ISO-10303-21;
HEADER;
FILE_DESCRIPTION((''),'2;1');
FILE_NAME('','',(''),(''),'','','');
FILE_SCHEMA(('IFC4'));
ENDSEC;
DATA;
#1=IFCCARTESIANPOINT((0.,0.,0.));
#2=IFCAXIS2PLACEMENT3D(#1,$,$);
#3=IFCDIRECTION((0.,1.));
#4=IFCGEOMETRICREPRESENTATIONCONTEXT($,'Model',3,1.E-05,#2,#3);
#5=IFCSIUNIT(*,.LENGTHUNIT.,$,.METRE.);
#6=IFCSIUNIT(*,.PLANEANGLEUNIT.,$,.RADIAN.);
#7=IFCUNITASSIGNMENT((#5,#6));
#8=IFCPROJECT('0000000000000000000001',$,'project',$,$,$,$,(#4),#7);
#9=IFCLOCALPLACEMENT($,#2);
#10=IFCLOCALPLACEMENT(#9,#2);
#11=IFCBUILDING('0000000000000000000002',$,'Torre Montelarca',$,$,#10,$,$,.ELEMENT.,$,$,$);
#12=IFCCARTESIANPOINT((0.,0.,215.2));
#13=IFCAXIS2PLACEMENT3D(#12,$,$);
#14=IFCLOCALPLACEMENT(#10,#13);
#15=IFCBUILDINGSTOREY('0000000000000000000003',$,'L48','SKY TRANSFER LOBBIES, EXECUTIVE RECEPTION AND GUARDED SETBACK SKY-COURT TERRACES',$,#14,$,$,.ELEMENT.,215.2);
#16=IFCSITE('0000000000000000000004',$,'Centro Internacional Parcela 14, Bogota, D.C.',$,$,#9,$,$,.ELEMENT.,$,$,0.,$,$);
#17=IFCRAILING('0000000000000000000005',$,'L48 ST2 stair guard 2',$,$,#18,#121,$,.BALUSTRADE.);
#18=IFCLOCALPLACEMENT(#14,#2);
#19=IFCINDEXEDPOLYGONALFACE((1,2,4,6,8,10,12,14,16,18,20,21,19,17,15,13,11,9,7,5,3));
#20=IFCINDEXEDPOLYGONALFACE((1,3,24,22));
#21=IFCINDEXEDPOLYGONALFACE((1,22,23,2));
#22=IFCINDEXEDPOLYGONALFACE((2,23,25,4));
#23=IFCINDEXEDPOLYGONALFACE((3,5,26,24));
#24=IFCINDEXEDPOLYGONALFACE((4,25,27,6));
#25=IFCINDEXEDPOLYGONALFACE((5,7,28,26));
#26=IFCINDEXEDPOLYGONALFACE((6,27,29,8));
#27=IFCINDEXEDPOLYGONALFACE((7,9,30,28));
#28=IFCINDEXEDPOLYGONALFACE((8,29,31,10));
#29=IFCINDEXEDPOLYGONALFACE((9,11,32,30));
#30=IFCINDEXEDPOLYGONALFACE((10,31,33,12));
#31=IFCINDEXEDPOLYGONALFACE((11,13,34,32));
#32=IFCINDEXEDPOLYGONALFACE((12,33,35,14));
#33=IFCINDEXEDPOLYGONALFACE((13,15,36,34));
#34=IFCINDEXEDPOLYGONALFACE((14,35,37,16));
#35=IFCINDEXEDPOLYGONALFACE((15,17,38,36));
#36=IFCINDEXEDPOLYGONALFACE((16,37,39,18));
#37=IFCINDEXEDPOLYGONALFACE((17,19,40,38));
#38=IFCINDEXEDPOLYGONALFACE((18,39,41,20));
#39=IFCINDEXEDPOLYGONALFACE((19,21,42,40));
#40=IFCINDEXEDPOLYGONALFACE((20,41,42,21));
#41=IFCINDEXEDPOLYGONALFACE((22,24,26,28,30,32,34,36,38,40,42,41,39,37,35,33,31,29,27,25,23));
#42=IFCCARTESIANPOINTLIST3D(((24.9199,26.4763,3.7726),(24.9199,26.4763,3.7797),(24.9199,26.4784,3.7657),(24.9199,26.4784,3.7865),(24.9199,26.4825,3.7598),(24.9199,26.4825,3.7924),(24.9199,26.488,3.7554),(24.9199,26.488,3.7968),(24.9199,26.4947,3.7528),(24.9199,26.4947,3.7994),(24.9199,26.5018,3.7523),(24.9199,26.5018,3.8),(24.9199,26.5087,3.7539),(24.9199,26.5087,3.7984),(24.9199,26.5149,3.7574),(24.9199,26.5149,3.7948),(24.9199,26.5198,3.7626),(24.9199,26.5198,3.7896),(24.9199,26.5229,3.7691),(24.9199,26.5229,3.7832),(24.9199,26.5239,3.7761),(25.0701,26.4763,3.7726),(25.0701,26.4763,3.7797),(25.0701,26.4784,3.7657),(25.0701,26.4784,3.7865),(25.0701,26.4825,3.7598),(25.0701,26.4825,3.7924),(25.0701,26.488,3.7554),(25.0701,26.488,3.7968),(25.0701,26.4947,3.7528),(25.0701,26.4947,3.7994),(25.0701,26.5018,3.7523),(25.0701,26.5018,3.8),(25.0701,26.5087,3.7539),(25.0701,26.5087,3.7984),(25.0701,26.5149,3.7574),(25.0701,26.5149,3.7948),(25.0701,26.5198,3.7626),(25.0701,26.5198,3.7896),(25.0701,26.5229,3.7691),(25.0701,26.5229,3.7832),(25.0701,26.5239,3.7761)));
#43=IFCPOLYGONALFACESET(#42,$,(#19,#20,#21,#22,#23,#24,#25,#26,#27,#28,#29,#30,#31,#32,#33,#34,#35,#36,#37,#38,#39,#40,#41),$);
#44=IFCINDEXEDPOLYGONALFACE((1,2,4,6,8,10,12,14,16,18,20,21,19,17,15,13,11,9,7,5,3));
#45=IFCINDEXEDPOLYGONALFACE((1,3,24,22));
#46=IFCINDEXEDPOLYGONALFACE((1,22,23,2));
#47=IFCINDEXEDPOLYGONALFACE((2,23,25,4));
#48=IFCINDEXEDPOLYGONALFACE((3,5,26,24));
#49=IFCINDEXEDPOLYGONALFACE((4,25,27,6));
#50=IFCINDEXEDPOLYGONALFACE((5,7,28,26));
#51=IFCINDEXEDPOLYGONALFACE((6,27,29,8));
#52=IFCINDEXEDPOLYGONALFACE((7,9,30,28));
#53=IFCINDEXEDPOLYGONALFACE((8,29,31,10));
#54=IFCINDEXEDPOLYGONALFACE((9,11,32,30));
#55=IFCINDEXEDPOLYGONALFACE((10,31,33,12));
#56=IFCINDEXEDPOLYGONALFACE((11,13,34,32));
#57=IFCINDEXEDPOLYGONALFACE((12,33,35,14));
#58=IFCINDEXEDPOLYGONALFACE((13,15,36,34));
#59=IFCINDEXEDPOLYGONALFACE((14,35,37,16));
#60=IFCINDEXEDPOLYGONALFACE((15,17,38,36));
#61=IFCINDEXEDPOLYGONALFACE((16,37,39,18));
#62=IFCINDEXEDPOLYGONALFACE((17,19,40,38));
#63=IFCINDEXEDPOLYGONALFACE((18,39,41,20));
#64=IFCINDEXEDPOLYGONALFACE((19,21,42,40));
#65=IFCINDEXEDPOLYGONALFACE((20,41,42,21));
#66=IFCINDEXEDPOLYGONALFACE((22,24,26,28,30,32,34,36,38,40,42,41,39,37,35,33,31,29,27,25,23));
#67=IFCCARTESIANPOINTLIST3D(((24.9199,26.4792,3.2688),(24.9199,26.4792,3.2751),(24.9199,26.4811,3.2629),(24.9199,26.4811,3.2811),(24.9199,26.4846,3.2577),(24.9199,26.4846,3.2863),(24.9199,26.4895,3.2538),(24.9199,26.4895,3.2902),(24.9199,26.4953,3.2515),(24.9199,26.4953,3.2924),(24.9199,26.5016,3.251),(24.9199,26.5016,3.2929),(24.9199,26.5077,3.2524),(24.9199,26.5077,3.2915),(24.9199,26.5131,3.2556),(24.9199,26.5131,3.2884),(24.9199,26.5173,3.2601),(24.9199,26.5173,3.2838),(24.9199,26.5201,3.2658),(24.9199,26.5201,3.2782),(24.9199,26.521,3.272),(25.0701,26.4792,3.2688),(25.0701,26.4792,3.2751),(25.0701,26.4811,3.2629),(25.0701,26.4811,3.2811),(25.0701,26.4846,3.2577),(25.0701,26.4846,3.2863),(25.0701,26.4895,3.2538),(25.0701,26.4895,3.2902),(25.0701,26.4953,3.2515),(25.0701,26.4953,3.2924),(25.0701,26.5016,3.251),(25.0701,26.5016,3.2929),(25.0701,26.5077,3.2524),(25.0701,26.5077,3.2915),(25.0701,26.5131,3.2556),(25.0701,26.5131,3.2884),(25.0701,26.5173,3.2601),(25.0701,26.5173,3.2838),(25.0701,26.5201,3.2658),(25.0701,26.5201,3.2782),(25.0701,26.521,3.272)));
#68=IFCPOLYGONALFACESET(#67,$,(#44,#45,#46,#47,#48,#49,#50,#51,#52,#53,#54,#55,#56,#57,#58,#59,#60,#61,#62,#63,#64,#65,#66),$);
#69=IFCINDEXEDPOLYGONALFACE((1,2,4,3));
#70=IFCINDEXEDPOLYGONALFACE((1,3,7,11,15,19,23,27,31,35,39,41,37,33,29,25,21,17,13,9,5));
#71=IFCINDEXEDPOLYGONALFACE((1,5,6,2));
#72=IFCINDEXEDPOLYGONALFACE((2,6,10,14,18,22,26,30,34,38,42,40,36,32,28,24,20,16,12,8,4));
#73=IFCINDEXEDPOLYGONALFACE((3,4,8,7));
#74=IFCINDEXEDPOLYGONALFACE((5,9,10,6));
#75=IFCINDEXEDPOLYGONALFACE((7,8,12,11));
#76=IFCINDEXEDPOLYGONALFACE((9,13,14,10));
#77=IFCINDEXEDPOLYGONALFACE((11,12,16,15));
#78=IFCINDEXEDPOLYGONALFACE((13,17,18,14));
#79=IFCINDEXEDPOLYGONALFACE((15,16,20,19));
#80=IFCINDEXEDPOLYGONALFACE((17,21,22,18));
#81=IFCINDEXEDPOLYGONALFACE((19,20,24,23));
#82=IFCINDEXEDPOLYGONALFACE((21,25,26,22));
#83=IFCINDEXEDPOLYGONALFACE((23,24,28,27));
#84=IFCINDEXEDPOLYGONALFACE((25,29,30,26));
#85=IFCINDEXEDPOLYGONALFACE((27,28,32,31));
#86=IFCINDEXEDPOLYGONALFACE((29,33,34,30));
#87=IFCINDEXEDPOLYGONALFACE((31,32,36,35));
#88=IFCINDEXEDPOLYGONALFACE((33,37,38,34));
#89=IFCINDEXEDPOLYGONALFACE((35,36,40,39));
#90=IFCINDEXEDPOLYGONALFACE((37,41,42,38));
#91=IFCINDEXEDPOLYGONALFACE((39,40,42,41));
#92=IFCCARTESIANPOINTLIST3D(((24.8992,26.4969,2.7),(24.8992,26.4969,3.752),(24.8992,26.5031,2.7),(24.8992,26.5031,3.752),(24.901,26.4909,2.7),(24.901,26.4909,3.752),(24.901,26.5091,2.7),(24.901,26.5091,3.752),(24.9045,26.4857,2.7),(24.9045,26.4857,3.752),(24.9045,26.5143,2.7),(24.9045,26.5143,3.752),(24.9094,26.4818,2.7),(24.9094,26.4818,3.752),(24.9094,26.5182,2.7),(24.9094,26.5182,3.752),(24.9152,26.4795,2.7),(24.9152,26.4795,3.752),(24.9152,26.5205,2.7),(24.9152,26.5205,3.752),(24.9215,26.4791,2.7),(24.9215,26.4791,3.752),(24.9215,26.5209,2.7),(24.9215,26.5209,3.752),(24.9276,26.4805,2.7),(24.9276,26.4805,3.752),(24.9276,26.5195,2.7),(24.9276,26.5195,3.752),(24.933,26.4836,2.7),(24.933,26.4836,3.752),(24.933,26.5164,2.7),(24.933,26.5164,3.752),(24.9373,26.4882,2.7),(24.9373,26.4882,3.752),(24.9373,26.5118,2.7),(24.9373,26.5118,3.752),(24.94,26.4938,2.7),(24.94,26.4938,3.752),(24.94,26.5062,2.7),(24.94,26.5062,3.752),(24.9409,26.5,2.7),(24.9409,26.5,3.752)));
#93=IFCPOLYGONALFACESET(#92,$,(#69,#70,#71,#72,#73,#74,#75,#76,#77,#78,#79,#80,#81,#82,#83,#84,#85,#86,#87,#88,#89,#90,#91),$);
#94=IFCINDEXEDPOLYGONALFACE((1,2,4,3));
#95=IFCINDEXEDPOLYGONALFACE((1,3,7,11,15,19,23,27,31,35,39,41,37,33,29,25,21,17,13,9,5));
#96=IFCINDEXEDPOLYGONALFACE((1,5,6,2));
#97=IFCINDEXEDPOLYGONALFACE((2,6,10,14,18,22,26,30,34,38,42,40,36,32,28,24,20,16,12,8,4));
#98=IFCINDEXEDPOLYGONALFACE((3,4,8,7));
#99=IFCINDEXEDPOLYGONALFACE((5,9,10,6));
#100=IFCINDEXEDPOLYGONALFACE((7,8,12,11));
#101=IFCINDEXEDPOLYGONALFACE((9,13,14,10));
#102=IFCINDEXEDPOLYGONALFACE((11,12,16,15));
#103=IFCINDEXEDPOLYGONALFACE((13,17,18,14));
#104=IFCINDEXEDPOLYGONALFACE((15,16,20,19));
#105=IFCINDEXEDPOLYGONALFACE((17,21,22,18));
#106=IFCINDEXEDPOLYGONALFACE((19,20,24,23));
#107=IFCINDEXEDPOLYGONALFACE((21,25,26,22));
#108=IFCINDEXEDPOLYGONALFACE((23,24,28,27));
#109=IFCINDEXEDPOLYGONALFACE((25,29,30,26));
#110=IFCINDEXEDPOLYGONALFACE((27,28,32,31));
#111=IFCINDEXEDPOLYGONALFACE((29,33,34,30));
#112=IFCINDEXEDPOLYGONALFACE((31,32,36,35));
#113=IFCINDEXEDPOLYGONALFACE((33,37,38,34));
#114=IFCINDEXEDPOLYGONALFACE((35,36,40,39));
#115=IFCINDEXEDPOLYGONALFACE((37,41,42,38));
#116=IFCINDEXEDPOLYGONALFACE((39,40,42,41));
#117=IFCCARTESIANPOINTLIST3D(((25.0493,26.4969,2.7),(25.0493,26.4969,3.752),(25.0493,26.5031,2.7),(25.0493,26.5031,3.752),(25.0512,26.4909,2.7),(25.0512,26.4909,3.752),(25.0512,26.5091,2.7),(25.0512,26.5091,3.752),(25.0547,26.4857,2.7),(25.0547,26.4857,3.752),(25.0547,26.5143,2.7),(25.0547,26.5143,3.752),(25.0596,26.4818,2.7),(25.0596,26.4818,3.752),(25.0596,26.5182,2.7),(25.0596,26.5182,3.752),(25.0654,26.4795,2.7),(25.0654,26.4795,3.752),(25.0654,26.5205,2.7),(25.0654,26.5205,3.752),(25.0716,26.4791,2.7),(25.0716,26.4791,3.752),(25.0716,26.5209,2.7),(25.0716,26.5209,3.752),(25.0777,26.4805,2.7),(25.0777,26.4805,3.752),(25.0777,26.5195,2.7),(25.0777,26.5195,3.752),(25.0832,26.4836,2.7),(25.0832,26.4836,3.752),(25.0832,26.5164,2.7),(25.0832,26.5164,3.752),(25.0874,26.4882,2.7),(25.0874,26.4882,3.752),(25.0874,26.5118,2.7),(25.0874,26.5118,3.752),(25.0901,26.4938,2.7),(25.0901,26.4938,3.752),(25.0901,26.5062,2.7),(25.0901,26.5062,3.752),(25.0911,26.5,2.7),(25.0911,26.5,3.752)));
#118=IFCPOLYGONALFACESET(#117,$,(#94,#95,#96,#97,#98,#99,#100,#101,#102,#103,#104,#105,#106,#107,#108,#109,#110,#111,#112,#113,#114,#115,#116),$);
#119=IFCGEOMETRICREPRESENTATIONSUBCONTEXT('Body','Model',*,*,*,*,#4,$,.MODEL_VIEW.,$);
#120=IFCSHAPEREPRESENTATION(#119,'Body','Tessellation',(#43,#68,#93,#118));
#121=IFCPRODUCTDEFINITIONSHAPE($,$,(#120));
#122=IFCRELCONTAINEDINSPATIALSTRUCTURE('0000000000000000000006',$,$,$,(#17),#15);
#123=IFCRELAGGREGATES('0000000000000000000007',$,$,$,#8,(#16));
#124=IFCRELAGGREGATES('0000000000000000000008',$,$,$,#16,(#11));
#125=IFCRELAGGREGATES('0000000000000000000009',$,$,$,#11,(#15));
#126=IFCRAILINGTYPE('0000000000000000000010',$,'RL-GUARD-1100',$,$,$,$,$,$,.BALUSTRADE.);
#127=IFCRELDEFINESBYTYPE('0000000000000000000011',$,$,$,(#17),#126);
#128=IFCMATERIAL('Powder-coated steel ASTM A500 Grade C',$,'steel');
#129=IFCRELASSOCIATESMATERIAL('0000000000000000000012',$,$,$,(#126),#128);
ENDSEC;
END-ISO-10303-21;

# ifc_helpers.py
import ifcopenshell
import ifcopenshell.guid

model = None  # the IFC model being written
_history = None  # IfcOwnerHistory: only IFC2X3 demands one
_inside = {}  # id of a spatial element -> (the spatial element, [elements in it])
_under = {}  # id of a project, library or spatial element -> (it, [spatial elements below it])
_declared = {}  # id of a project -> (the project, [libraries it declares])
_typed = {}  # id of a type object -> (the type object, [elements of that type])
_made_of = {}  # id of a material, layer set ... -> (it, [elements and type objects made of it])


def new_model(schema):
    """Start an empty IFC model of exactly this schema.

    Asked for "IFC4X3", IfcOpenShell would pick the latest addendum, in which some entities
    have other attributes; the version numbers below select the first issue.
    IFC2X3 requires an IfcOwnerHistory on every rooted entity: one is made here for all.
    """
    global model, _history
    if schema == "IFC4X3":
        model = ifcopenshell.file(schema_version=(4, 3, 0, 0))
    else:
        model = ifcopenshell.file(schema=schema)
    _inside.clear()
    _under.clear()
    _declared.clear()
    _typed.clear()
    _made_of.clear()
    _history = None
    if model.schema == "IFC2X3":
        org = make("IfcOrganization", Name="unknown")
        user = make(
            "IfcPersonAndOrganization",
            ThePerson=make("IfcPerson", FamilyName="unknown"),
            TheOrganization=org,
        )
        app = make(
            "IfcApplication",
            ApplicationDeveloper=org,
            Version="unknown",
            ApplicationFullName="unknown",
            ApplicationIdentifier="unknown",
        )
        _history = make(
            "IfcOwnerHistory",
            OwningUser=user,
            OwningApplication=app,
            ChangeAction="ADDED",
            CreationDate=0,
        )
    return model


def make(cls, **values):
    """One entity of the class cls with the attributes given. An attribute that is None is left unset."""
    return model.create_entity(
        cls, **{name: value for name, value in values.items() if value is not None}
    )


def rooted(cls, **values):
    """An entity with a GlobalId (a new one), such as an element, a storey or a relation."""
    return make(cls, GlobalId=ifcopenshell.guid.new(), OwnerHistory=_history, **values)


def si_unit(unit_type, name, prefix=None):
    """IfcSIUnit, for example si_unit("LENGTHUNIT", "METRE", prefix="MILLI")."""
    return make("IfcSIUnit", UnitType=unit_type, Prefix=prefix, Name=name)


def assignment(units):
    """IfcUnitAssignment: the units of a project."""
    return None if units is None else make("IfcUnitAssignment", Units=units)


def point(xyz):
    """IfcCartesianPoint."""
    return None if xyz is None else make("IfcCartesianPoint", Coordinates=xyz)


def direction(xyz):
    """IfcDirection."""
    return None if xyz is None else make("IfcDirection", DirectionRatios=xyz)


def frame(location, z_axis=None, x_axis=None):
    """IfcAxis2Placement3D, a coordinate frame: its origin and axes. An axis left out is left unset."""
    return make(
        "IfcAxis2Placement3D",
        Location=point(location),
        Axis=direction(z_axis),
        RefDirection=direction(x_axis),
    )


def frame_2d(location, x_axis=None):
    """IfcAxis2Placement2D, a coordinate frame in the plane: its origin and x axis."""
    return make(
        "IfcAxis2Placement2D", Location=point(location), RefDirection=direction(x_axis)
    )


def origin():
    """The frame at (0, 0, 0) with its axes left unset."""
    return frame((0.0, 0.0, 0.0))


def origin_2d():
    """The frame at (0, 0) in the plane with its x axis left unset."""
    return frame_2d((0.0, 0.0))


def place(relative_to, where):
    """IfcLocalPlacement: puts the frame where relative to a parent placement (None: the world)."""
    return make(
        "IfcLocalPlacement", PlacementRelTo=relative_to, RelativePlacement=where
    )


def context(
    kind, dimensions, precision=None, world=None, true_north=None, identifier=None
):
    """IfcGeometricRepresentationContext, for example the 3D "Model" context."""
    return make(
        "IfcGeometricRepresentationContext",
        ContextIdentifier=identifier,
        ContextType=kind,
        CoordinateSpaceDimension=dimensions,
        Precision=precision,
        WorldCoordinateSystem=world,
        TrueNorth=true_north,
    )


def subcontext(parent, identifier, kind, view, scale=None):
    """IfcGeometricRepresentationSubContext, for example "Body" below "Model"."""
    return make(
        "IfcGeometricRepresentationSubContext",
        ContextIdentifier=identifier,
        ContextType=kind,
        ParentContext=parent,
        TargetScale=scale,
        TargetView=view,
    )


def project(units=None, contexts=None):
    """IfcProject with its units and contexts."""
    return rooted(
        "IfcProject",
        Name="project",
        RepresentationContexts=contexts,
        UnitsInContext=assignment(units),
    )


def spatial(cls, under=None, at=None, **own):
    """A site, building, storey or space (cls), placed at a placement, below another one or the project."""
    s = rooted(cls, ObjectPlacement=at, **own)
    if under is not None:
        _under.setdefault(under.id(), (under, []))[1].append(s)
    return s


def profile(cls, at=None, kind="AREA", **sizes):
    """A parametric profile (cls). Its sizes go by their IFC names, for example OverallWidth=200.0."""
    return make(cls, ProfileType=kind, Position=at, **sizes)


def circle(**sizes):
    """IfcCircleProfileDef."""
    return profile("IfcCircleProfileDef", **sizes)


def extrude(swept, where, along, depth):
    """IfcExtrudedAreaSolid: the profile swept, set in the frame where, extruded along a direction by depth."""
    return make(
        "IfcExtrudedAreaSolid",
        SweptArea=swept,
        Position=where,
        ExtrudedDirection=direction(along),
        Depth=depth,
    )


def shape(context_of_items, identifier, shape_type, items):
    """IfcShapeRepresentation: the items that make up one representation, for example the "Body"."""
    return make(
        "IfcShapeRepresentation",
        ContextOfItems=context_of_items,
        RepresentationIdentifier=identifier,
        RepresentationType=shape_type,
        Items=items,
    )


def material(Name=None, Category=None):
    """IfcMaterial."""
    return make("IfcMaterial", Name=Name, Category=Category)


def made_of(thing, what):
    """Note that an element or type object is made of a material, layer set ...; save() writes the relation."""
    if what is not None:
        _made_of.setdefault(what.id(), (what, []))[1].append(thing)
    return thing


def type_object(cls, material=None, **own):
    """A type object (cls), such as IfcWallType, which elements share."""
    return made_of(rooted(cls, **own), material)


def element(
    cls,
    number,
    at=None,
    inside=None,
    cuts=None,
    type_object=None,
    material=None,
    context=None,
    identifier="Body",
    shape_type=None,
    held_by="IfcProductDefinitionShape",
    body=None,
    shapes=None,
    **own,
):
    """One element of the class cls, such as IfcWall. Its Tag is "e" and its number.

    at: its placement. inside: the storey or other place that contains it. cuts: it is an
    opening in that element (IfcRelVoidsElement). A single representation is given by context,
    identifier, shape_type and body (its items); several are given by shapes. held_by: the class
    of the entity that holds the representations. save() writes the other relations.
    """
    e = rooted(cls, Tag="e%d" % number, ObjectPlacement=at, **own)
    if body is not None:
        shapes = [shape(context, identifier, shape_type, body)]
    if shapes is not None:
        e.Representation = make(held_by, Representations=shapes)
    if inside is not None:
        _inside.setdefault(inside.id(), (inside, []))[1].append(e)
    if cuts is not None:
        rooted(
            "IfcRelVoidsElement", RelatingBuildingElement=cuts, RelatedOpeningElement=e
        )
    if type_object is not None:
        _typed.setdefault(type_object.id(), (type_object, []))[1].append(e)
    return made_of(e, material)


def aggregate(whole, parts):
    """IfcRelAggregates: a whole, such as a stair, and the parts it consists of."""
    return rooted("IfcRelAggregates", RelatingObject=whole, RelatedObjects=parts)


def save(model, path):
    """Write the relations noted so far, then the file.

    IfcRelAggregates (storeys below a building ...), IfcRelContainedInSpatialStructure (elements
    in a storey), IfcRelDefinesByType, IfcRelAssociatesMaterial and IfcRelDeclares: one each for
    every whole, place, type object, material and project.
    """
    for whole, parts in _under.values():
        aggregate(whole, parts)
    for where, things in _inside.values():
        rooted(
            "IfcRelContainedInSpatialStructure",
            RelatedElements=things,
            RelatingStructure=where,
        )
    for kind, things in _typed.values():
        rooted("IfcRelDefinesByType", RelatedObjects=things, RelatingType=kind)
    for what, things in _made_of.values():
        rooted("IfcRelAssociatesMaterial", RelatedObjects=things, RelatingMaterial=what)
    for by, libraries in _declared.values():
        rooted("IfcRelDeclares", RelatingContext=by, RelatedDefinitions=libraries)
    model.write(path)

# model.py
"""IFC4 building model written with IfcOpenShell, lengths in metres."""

from ifc_helpers import new_model, si_unit, direction, frame, origin, origin_2d, place, context, subcontext, project, spatial, circle, extrude, material, type_object, element, save


model = new_model("IFC4")

# Units and contexts
model_context = context("Model", 3, precision=1e-05, world=origin(), true_north=direction((0.0, 1.0)))
body_context = subcontext(model_context, "Body", "Model", "MODEL_VIEW")
ifc_project = project(units=[si_unit("LENGTHUNIT", "METRE"), si_unit("PLANEANGLEUNIT", "RADIAN")], contexts=[model_context])

# Site, building, storey
site_placement = place(None, origin())
site = spatial("IfcSite", under=ifc_project, at=site_placement, Name="Centro Internacional Parcela 14, Bogota, D.C.", CompositionType="ELEMENT", RefElevation=0.0)
building_placement = place(site_placement, origin())
building = spatial("IfcBuilding", under=site, at=building_placement, Name="Torre Montelarca", CompositionType="ELEMENT")
storey_placement = place(building_placement, frame((0.0, 0.0, 215.2)))
storey = spatial("IfcBuildingStorey", under=building, at=storey_placement, Name="L48", Description="SKY TRANSFER LOBBIES, EXECUTIVE RECEPTION AND GUARDED SETBACK SKY-COURT TERRACES", CompositionType="ELEMENT", Elevation=215.2)

# Railing
ifc_material_1 = material(Name="Powder-coated steel ASTM A500 Grade C", Category="steel")
railing_type_1 = type_object("IfcRailingType", Name="RL-GUARD-1100", PredefinedType="BALUSTRADE", material=ifc_material_1)
railing_1_placement = place(storey_placement, frame((24.9199, 26.5, 2.7)))
element("IfcRailing", 1, at=railing_1_placement, inside=storey, type_object=railing_type_1, Name="L48 ST2 stair guard 2", PredefinedType="BALUSTRADE", context=body_context, shape_type="SweptSolid", body=[
    extrude(circle(Radius=0.0239, at=origin_2d()), frame((0.0, 0.0, 1.0762), z_axis=(1.0, 0.0, 0.0), x_axis=(0.0, 1.0, 0.0)), (0.0, 0.0, 1.0), 0.1501),
    extrude(circle(Radius=0.021, at=origin_2d()), frame((0.0, 0.0, 0.572), z_axis=(1.0, 0.0, 0.0), x_axis=(0.0, 1.0, 0.0)), (0.0, 0.0, 1.0), 0.1501),
    extrude(circle(Radius=0.021, at=origin_2d()), origin(), (0.0, 0.0, 1.0), 1.052),
    extrude(circle(Radius=0.021, at=origin_2d()), frame((0.1501, 0.0, 0.0)), (0.0, 0.0, 1.0), 1.052),
])

save(model, "model.ifc")
